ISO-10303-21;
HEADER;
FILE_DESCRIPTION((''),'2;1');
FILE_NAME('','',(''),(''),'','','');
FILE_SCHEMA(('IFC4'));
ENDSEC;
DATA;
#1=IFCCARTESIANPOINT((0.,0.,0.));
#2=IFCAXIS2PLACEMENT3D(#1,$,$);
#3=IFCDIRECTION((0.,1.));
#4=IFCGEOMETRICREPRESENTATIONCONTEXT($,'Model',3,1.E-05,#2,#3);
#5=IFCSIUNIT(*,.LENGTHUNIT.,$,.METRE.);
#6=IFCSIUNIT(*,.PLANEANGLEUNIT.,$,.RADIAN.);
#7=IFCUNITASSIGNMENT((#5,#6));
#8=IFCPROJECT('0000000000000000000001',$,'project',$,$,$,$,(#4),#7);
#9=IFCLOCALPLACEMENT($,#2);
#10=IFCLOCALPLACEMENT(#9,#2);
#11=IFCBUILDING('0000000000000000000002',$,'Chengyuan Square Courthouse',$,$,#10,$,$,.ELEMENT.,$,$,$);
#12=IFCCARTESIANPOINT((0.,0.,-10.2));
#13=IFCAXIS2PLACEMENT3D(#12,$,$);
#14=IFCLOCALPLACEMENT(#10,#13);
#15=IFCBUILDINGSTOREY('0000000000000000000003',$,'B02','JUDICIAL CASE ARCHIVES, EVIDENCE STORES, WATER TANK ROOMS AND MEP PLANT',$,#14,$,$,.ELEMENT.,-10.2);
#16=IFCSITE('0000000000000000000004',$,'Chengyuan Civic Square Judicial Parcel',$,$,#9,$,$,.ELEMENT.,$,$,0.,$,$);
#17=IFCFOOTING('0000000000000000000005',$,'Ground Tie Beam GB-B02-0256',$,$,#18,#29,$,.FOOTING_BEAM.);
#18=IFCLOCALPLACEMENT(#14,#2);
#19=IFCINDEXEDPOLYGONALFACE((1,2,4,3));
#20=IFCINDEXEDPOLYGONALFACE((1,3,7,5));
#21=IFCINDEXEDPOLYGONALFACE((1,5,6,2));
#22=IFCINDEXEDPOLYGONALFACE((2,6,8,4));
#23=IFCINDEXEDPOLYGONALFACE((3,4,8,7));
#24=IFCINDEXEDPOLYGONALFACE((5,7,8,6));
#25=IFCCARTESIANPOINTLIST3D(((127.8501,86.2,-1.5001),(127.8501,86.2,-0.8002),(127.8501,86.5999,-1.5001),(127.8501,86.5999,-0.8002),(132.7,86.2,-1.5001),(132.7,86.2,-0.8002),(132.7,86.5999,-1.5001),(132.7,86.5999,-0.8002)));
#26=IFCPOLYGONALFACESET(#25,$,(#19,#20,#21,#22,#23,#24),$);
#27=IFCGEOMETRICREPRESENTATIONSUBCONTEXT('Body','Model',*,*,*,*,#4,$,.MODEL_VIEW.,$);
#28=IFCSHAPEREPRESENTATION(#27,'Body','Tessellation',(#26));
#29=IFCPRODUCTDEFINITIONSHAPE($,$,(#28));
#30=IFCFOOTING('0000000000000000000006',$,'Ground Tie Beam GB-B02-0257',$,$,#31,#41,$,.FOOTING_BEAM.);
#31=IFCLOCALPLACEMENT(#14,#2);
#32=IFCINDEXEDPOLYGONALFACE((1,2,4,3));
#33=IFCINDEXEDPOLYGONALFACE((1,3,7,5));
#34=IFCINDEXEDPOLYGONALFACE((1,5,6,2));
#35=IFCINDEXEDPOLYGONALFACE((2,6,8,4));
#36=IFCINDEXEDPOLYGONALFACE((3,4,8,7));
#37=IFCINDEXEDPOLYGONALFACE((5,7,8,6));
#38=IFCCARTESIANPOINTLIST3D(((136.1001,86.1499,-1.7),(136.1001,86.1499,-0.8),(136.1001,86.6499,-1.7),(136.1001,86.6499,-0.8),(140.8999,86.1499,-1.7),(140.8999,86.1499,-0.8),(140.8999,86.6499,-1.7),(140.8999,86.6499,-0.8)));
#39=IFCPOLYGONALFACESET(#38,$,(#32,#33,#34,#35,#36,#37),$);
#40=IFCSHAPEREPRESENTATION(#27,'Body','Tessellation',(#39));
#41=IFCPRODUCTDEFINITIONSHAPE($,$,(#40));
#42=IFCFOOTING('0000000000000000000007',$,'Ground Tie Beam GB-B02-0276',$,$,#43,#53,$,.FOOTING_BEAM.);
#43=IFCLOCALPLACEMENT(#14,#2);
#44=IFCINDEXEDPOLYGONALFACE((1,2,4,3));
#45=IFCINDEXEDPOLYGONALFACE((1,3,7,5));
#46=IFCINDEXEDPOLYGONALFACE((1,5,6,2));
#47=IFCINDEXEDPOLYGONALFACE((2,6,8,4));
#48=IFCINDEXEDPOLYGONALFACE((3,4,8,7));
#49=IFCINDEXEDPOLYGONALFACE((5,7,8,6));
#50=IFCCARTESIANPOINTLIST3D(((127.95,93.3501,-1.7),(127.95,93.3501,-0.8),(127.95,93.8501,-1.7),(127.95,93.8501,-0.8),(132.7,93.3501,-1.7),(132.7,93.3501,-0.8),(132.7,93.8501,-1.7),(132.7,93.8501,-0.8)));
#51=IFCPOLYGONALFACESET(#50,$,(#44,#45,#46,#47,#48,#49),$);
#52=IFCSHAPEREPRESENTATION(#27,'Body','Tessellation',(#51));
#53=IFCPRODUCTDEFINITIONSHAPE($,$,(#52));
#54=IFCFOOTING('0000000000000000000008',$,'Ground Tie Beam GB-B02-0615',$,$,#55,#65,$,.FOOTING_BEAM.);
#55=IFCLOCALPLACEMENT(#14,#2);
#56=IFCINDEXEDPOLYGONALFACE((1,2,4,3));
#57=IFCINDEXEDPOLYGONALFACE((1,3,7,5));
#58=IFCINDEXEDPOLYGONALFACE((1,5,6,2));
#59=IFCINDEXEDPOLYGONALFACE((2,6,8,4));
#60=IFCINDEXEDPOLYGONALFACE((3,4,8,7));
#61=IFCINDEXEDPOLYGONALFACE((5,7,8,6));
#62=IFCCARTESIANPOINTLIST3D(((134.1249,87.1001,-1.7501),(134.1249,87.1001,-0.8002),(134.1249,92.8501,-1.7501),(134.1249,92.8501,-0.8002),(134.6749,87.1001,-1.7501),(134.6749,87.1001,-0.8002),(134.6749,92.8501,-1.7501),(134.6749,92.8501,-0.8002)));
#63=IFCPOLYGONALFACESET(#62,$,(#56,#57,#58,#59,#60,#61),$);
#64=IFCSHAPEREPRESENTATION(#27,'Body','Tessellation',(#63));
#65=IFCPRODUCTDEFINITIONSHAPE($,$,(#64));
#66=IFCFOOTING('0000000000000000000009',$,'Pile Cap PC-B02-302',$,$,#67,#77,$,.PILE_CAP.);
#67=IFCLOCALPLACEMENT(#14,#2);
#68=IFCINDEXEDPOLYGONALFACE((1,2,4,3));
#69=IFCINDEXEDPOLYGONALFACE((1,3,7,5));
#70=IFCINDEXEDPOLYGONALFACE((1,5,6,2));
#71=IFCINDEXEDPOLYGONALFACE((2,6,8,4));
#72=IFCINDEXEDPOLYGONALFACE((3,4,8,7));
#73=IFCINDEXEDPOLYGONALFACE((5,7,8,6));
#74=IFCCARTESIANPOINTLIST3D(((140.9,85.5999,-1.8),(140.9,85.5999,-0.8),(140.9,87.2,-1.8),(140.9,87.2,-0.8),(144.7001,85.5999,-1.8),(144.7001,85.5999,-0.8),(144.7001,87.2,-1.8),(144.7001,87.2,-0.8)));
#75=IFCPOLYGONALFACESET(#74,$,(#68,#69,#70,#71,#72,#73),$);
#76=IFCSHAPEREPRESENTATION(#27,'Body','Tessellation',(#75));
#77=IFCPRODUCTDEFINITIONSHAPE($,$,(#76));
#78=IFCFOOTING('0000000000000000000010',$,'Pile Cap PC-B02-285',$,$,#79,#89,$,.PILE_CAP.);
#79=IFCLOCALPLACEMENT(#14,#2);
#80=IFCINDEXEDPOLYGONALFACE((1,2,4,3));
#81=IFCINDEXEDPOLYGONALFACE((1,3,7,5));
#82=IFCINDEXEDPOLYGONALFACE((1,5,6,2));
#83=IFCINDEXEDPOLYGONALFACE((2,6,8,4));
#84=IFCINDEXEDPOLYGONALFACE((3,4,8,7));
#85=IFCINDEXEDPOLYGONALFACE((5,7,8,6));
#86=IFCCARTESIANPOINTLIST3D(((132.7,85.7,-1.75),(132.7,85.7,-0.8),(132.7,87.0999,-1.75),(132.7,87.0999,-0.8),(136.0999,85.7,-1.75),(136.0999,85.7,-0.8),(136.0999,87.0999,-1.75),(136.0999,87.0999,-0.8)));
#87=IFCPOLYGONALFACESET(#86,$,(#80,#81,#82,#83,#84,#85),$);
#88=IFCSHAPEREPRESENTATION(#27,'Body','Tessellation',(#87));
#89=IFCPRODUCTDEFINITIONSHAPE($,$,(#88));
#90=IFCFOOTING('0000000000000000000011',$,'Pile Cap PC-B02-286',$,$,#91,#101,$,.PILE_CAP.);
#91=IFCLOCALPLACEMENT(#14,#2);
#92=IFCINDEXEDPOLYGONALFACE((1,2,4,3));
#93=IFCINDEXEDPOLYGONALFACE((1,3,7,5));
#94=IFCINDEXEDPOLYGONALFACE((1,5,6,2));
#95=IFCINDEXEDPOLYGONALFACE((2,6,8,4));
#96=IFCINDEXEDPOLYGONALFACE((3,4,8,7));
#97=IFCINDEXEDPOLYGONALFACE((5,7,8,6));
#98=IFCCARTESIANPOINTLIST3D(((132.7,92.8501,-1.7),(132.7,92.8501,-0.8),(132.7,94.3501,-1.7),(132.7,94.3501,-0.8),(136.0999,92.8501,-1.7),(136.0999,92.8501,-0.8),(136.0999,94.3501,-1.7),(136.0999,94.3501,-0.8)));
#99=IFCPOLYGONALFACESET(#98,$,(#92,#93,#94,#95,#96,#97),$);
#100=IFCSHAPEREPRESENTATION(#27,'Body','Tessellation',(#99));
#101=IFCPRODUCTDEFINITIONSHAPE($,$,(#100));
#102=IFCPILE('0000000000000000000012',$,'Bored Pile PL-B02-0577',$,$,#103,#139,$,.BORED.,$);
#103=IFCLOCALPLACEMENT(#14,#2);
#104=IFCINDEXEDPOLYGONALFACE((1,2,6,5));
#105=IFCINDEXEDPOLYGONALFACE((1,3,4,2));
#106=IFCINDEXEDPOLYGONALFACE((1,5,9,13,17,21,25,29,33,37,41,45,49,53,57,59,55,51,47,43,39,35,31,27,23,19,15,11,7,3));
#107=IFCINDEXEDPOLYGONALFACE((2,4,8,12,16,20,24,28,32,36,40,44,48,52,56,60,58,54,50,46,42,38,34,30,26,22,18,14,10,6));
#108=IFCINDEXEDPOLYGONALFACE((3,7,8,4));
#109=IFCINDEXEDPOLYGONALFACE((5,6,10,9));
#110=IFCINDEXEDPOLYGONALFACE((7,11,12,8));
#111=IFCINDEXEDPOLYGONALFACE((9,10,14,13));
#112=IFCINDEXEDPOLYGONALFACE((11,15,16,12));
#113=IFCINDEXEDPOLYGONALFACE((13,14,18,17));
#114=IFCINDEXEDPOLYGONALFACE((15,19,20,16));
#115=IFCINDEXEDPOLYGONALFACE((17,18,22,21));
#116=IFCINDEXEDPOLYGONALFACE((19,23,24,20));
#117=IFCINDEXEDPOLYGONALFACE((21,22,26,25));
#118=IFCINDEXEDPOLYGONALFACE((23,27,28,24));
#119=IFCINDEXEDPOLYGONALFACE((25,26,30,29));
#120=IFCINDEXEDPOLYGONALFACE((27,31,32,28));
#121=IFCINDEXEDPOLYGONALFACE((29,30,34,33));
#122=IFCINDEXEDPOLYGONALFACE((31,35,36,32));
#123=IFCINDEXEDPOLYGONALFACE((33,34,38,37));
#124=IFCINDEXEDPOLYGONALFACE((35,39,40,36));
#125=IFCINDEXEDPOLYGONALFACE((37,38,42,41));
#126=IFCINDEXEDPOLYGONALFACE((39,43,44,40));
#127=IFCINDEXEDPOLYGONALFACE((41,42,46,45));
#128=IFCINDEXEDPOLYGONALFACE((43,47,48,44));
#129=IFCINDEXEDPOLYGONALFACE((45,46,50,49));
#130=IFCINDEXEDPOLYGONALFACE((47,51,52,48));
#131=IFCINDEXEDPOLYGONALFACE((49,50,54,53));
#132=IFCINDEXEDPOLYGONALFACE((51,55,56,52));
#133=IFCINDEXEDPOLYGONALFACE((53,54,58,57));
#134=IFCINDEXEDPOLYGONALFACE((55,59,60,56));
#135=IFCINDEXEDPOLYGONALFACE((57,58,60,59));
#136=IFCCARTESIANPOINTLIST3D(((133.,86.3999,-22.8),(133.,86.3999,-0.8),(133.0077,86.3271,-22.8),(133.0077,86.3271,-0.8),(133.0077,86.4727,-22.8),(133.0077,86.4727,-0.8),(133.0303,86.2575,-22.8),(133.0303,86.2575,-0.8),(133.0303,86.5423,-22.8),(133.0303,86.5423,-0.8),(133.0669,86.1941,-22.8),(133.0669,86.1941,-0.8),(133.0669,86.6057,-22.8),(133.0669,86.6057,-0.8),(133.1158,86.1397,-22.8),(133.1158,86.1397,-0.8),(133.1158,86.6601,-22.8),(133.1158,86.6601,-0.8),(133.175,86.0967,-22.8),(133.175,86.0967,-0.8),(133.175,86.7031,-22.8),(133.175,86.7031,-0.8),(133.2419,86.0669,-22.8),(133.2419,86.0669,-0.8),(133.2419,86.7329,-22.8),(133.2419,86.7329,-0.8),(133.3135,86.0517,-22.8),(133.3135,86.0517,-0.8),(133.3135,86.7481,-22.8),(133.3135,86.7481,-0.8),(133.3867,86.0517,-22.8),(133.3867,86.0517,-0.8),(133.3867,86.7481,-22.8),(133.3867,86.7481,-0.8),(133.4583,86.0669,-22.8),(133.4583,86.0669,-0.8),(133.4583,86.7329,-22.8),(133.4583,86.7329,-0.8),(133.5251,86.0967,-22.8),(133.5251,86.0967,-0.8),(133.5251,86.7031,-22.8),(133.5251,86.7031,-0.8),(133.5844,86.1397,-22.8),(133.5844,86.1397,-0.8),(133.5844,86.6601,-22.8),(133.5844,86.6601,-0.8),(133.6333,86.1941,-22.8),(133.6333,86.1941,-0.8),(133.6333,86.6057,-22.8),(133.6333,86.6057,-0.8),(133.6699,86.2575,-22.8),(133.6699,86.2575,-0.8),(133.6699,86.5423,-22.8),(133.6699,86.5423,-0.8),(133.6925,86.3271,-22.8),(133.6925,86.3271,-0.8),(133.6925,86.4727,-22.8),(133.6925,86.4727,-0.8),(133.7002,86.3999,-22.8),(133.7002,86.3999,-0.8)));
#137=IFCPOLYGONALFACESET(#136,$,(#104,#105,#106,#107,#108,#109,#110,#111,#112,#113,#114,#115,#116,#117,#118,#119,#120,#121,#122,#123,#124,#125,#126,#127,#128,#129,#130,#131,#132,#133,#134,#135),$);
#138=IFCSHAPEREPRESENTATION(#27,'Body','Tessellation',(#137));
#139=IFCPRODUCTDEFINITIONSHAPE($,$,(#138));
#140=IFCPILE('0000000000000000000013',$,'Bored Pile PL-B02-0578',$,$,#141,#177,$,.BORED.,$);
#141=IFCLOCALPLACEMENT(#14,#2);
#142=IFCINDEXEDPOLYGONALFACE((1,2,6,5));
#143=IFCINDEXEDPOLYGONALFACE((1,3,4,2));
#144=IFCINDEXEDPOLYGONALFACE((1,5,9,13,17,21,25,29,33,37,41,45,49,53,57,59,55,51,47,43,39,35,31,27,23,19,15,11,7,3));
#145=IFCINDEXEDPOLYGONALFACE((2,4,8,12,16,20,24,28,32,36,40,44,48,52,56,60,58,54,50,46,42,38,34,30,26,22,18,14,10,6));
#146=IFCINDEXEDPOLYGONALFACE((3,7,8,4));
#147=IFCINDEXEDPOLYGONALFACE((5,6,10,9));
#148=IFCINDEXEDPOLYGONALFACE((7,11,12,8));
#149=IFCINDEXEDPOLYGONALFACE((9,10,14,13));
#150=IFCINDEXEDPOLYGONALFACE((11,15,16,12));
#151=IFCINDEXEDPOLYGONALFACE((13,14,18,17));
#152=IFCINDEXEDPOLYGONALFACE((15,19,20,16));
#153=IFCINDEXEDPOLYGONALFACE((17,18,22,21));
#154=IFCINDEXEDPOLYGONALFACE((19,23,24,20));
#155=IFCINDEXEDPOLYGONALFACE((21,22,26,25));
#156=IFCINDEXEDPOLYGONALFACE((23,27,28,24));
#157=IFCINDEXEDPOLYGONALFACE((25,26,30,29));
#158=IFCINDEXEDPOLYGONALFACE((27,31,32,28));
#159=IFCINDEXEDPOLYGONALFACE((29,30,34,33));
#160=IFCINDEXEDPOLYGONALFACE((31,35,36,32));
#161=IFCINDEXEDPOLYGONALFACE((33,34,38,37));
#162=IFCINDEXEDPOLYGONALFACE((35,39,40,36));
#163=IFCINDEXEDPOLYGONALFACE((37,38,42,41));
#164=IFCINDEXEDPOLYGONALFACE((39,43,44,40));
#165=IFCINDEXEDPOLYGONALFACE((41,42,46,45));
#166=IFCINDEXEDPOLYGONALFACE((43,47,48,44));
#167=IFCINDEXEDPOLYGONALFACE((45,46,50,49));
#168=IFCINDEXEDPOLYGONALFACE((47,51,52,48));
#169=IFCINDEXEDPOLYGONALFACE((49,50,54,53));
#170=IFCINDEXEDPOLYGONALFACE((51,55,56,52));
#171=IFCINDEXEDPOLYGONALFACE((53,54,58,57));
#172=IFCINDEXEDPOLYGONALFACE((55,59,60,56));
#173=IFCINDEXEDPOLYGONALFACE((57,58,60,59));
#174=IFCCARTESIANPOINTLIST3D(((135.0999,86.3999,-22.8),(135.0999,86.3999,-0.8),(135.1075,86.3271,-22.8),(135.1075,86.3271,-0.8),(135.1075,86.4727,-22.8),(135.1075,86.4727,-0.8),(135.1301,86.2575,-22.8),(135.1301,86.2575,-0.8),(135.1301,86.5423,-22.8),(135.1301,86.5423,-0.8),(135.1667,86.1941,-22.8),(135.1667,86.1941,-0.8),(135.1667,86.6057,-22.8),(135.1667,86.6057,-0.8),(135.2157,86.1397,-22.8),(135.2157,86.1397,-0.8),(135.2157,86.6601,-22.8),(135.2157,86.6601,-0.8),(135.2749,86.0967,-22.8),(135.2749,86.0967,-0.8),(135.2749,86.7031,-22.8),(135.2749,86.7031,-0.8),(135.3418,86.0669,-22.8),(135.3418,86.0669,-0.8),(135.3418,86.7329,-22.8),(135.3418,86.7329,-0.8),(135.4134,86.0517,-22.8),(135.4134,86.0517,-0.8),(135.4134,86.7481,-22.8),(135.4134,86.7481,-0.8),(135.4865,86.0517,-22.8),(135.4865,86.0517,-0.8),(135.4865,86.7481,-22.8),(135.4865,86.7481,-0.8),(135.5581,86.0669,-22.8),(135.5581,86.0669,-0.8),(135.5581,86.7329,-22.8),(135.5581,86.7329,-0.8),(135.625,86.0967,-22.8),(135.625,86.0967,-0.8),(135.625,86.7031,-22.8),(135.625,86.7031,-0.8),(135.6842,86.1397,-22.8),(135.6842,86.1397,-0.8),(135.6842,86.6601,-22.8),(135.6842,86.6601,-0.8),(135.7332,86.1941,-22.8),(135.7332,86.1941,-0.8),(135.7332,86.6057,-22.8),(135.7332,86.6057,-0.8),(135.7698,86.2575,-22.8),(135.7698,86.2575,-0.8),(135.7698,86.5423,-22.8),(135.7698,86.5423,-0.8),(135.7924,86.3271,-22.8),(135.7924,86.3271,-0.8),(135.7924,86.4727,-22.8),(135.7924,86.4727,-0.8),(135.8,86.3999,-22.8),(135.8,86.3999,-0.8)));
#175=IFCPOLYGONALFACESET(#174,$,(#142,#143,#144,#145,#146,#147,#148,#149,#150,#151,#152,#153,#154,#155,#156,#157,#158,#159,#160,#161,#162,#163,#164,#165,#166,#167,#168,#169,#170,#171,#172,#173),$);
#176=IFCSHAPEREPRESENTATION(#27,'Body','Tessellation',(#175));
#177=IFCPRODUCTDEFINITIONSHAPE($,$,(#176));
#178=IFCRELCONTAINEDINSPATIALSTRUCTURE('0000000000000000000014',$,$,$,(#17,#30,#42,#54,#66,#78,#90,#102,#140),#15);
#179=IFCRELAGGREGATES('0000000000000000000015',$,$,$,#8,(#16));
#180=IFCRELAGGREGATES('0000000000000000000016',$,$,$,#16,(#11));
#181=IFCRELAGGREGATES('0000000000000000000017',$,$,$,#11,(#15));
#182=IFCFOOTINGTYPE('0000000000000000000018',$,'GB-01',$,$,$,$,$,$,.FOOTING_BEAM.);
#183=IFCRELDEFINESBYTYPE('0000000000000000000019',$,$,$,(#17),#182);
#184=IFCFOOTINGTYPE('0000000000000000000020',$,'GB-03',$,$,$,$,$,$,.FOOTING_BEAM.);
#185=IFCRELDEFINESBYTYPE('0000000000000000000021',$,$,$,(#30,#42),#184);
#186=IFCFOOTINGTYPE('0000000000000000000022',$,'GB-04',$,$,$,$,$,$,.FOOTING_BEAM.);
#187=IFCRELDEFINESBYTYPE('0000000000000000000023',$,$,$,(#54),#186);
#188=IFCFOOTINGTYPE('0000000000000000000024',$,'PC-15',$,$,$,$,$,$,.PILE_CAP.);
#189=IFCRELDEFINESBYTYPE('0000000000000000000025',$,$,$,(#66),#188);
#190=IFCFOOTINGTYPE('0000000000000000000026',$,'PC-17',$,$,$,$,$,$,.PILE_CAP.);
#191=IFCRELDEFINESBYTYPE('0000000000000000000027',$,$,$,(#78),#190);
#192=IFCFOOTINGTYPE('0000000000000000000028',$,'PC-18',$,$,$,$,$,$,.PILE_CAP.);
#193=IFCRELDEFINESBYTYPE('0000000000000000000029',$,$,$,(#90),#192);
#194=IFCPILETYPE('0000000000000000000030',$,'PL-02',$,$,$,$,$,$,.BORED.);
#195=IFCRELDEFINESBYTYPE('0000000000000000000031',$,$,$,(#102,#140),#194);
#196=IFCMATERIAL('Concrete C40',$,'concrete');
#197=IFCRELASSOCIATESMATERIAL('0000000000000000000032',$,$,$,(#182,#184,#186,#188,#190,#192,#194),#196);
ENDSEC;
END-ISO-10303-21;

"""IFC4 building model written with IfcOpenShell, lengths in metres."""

from ifc_helpers import new_model, si_unit, direction, frame, origin, origin_2d, place, context, subcontext, project, spatial, rectangle, circle, extrude, material, material_profile, profile_set, type_object, element, save


model = new_model("IFC4")

# Units and contexts
model_context = context("Model", 3, precision=1e-05, world=origin(), true_north=direction((0.0, 1.0)))
body_context = subcontext(model_context, "Body", "Model", "MODEL_VIEW")
ifc_project = project(units=[si_unit("LENGTHUNIT", "METRE"), si_unit("PLANEANGLEUNIT", "RADIAN")], contexts=[model_context])

# Site, building, storey
site_placement = place(None, origin())
site = spatial("IfcSite", under=ifc_project, at=site_placement, Name="Chengyuan Civic Square Judicial Parcel", CompositionType="ELEMENT", RefElevation=0.0)
building_placement = place(site_placement, origin())
building = spatial("IfcBuilding", under=site, at=building_placement, Name="Chengyuan Square Courthouse", CompositionType="ELEMENT")
storey_placement = place(building_placement, frame((0.0, 0.0, -10.2)))
storey = spatial("IfcBuildingStorey", under=building, at=storey_placement, Name="B02", Description="JUDICIAL CASE ARCHIVES, EVIDENCE STORES, WATER TANK ROOMS AND MEP PLANT", CompositionType="ELEMENT", Elevation=-10.2)

# Footings
ifc_material_1 = material(Name="Concrete C40", Category="concrete")
ifc_material_profile_1 = material_profile(ifc_material_1, rectangle(XDim=0.3999, YDim=0.7, at=origin_2d()), Name="GB-400x700")
ifc_profile_set_1 = profile_set([ifc_material_profile_1], Name="Concrete C40")
footing_type_1 = type_object("IfcFootingType", Name="GB-01", PredefinedType="FOOTING_BEAM", material=ifc_profile_set_1)
footing_1_placement = place(storey_placement, frame((127.8501, 86.3999, -1.1501), z_axis=(1.0, 0.0, 0.0), x_axis=(0.0, 1.0, 0.0)))
element("IfcFooting", 1, at=footing_1_placement, inside=storey, type_object=footing_type_1, Name="Ground Tie Beam GB-B02-0256", PredefinedType="FOOTING_BEAM", context=body_context, shape_type="SweptSolid", body=[
    extrude(rectangle(XDim=0.3999, YDim=0.7, at=origin_2d()), origin(), (0.0, 0.0, 1.0), 4.8499),
])
ifc_material_profile_2 = material_profile(ifc_material_1, rectangle(XDim=0.5, YDim=0.8999, at=origin_2d()), Name="GB-500x900")
ifc_profile_set_2 = profile_set([ifc_material_profile_2], Name="Concrete C40")
footing_type_2 = type_object("IfcFootingType", Name="GB-03", PredefinedType="FOOTING_BEAM", material=ifc_profile_set_2)
footing_2_placement = place(storey_placement, frame((136.1001, 86.3999, -1.25), z_axis=(1.0, 0.0, 0.0), x_axis=(0.0, 1.0, 0.0)))
element("IfcFooting", 2, at=footing_2_placement, inside=storey, type_object=footing_type_2, Name="Ground Tie Beam GB-B02-0257", PredefinedType="FOOTING_BEAM", context=body_context, shape_type="SweptSolid", body=[
    extrude(rectangle(XDim=0.5, YDim=0.8999, at=origin_2d()), origin(), (0.0, 0.0, 1.0), 4.7998),
])
footing_3_placement = place(storey_placement, frame((127.95, 93.6001, -1.25), z_axis=(1.0, 0.0, 0.0), x_axis=(0.0, 1.0, 0.0)))
element("IfcFooting", 3, at=footing_3_placement, inside=storey, type_object=footing_type_2, Name="Ground Tie Beam GB-B02-0276", PredefinedType="FOOTING_BEAM", context=body_context, shape_type="SweptSolid", body=[
    extrude(rectangle(XDim=0.5, YDim=0.8999, at=origin_2d()), origin(), (0.0, 0.0, 1.0), 4.75),
])
ifc_material_profile_3 = material_profile(ifc_material_1, rectangle(XDim=0.55, YDim=0.95, at=origin_2d()), Name="GB-550x950")
ifc_profile_set_3 = profile_set([ifc_material_profile_3], Name="Concrete C40")
footing_type_3 = type_object("IfcFootingType", Name="GB-04", PredefinedType="FOOTING_BEAM", material=ifc_profile_set_3)
footing_4_placement = place(storey_placement, frame((134.3999, 87.1001, -1.2751), z_axis=(0.0, 1.0, 0.0), x_axis=(-1.0, 0.0, 0.0)))
element("IfcFooting", 4, at=footing_4_placement, inside=storey, type_object=footing_type_3, Name="Ground Tie Beam GB-B02-0615", PredefinedType="FOOTING_BEAM", context=body_context, shape_type="SweptSolid", body=[
    extrude(rectangle(XDim=0.55, YDim=0.95, at=origin_2d()), origin(), (0.0, 0.0, 1.0), 5.75),
])
footing_type_4 = type_object("IfcFootingType", Name="PC-15", PredefinedType="PILE_CAP", material=ifc_material_1)
footing_5_placement = place(storey_placement, frame((142.8, 86.3999, -1.8), z_axis=(0.0, 0.0, 1.0), x_axis=(1.0, 0.0, 0.0)))
element("IfcFooting", 5, at=footing_5_placement, inside=storey, type_object=footing_type_4, Name="Pile Cap PC-B02-302", PredefinedType="PILE_CAP", context=body_context, shape_type="SweptSolid", body=[
    extrude(rectangle(XDim=3.8, YDim=1.6001, at=origin_2d()), origin(), (0.0, 0.0, 1.0), 1.0),
])
footing_type_5 = type_object("IfcFootingType", Name="PC-17", PredefinedType="PILE_CAP", material=ifc_material_1)
footing_6_placement = place(storey_placement, frame((134.3999, 86.3999, -1.75), z_axis=(0.0, 0.0, 1.0), x_axis=(1.0, 0.0, 0.0)))
element("IfcFooting", 6, at=footing_6_placement, inside=storey, type_object=footing_type_5, Name="Pile Cap PC-B02-285", PredefinedType="PILE_CAP", context=body_context, shape_type="SweptSolid", body=[
    extrude(rectangle(XDim=3.3999, YDim=1.3999, at=origin_2d()), origin(), (0.0, 0.0, 1.0), 0.95),
])
footing_type_6 = type_object("IfcFootingType", Name="PC-18", PredefinedType="PILE_CAP", material=ifc_material_1)
footing_7_placement = place(storey_placement, frame((134.3999, 93.6001, -1.7), z_axis=(0.0, 0.0, 1.0), x_axis=(1.0, 0.0, 0.0)))
element("IfcFooting", 7, at=footing_7_placement, inside=storey, type_object=footing_type_6, Name="Pile Cap PC-B02-286", PredefinedType="PILE_CAP", context=body_context, shape_type="SweptSolid", body=[
    extrude(rectangle(XDim=3.3999, YDim=1.5, at=origin_2d()), origin(), (0.0, 0.0, 1.0), 0.8999),
])

# Piles
ifc_material_profile_4 = material_profile(ifc_material_1, circle(Radius=0.3501, at=origin_2d()), Name="BORED PILE D700")
ifc_profile_set_4 = profile_set([ifc_material_profile_4], Name="Concrete C40")
pile_type_1 = type_object("IfcPileType", Name="PL-02", PredefinedType="BORED", material=ifc_profile_set_4)
for number, where, z_axis, x_axis, name in (
    (8, (133.3501, 86.3999, -0.8), (0.0, 0.0, -1.0), (1.0, 0.0, 0.0), "Bored Pile PL-B02-0577"),
    (9, (135.45, 86.3999, -0.8), (0.0, 0.0, -1.0), (1.0, 0.0, 0.0), "Bored Pile PL-B02-0578"),
):
    element("IfcPile", number, at=place(storey_placement, frame(where, z_axis=z_axis, x_axis=x_axis)), inside=storey, type_object=pile_type_1, Name=name, PredefinedType="BORED", context=body_context, shape_type="SweptSolid", body=[
        extrude(circle(Radius=0.3501, at=origin_2d()), origin(), (0.0, 0.0, 1.0), 22.0),
    ])

save(model, "model.ifc")
